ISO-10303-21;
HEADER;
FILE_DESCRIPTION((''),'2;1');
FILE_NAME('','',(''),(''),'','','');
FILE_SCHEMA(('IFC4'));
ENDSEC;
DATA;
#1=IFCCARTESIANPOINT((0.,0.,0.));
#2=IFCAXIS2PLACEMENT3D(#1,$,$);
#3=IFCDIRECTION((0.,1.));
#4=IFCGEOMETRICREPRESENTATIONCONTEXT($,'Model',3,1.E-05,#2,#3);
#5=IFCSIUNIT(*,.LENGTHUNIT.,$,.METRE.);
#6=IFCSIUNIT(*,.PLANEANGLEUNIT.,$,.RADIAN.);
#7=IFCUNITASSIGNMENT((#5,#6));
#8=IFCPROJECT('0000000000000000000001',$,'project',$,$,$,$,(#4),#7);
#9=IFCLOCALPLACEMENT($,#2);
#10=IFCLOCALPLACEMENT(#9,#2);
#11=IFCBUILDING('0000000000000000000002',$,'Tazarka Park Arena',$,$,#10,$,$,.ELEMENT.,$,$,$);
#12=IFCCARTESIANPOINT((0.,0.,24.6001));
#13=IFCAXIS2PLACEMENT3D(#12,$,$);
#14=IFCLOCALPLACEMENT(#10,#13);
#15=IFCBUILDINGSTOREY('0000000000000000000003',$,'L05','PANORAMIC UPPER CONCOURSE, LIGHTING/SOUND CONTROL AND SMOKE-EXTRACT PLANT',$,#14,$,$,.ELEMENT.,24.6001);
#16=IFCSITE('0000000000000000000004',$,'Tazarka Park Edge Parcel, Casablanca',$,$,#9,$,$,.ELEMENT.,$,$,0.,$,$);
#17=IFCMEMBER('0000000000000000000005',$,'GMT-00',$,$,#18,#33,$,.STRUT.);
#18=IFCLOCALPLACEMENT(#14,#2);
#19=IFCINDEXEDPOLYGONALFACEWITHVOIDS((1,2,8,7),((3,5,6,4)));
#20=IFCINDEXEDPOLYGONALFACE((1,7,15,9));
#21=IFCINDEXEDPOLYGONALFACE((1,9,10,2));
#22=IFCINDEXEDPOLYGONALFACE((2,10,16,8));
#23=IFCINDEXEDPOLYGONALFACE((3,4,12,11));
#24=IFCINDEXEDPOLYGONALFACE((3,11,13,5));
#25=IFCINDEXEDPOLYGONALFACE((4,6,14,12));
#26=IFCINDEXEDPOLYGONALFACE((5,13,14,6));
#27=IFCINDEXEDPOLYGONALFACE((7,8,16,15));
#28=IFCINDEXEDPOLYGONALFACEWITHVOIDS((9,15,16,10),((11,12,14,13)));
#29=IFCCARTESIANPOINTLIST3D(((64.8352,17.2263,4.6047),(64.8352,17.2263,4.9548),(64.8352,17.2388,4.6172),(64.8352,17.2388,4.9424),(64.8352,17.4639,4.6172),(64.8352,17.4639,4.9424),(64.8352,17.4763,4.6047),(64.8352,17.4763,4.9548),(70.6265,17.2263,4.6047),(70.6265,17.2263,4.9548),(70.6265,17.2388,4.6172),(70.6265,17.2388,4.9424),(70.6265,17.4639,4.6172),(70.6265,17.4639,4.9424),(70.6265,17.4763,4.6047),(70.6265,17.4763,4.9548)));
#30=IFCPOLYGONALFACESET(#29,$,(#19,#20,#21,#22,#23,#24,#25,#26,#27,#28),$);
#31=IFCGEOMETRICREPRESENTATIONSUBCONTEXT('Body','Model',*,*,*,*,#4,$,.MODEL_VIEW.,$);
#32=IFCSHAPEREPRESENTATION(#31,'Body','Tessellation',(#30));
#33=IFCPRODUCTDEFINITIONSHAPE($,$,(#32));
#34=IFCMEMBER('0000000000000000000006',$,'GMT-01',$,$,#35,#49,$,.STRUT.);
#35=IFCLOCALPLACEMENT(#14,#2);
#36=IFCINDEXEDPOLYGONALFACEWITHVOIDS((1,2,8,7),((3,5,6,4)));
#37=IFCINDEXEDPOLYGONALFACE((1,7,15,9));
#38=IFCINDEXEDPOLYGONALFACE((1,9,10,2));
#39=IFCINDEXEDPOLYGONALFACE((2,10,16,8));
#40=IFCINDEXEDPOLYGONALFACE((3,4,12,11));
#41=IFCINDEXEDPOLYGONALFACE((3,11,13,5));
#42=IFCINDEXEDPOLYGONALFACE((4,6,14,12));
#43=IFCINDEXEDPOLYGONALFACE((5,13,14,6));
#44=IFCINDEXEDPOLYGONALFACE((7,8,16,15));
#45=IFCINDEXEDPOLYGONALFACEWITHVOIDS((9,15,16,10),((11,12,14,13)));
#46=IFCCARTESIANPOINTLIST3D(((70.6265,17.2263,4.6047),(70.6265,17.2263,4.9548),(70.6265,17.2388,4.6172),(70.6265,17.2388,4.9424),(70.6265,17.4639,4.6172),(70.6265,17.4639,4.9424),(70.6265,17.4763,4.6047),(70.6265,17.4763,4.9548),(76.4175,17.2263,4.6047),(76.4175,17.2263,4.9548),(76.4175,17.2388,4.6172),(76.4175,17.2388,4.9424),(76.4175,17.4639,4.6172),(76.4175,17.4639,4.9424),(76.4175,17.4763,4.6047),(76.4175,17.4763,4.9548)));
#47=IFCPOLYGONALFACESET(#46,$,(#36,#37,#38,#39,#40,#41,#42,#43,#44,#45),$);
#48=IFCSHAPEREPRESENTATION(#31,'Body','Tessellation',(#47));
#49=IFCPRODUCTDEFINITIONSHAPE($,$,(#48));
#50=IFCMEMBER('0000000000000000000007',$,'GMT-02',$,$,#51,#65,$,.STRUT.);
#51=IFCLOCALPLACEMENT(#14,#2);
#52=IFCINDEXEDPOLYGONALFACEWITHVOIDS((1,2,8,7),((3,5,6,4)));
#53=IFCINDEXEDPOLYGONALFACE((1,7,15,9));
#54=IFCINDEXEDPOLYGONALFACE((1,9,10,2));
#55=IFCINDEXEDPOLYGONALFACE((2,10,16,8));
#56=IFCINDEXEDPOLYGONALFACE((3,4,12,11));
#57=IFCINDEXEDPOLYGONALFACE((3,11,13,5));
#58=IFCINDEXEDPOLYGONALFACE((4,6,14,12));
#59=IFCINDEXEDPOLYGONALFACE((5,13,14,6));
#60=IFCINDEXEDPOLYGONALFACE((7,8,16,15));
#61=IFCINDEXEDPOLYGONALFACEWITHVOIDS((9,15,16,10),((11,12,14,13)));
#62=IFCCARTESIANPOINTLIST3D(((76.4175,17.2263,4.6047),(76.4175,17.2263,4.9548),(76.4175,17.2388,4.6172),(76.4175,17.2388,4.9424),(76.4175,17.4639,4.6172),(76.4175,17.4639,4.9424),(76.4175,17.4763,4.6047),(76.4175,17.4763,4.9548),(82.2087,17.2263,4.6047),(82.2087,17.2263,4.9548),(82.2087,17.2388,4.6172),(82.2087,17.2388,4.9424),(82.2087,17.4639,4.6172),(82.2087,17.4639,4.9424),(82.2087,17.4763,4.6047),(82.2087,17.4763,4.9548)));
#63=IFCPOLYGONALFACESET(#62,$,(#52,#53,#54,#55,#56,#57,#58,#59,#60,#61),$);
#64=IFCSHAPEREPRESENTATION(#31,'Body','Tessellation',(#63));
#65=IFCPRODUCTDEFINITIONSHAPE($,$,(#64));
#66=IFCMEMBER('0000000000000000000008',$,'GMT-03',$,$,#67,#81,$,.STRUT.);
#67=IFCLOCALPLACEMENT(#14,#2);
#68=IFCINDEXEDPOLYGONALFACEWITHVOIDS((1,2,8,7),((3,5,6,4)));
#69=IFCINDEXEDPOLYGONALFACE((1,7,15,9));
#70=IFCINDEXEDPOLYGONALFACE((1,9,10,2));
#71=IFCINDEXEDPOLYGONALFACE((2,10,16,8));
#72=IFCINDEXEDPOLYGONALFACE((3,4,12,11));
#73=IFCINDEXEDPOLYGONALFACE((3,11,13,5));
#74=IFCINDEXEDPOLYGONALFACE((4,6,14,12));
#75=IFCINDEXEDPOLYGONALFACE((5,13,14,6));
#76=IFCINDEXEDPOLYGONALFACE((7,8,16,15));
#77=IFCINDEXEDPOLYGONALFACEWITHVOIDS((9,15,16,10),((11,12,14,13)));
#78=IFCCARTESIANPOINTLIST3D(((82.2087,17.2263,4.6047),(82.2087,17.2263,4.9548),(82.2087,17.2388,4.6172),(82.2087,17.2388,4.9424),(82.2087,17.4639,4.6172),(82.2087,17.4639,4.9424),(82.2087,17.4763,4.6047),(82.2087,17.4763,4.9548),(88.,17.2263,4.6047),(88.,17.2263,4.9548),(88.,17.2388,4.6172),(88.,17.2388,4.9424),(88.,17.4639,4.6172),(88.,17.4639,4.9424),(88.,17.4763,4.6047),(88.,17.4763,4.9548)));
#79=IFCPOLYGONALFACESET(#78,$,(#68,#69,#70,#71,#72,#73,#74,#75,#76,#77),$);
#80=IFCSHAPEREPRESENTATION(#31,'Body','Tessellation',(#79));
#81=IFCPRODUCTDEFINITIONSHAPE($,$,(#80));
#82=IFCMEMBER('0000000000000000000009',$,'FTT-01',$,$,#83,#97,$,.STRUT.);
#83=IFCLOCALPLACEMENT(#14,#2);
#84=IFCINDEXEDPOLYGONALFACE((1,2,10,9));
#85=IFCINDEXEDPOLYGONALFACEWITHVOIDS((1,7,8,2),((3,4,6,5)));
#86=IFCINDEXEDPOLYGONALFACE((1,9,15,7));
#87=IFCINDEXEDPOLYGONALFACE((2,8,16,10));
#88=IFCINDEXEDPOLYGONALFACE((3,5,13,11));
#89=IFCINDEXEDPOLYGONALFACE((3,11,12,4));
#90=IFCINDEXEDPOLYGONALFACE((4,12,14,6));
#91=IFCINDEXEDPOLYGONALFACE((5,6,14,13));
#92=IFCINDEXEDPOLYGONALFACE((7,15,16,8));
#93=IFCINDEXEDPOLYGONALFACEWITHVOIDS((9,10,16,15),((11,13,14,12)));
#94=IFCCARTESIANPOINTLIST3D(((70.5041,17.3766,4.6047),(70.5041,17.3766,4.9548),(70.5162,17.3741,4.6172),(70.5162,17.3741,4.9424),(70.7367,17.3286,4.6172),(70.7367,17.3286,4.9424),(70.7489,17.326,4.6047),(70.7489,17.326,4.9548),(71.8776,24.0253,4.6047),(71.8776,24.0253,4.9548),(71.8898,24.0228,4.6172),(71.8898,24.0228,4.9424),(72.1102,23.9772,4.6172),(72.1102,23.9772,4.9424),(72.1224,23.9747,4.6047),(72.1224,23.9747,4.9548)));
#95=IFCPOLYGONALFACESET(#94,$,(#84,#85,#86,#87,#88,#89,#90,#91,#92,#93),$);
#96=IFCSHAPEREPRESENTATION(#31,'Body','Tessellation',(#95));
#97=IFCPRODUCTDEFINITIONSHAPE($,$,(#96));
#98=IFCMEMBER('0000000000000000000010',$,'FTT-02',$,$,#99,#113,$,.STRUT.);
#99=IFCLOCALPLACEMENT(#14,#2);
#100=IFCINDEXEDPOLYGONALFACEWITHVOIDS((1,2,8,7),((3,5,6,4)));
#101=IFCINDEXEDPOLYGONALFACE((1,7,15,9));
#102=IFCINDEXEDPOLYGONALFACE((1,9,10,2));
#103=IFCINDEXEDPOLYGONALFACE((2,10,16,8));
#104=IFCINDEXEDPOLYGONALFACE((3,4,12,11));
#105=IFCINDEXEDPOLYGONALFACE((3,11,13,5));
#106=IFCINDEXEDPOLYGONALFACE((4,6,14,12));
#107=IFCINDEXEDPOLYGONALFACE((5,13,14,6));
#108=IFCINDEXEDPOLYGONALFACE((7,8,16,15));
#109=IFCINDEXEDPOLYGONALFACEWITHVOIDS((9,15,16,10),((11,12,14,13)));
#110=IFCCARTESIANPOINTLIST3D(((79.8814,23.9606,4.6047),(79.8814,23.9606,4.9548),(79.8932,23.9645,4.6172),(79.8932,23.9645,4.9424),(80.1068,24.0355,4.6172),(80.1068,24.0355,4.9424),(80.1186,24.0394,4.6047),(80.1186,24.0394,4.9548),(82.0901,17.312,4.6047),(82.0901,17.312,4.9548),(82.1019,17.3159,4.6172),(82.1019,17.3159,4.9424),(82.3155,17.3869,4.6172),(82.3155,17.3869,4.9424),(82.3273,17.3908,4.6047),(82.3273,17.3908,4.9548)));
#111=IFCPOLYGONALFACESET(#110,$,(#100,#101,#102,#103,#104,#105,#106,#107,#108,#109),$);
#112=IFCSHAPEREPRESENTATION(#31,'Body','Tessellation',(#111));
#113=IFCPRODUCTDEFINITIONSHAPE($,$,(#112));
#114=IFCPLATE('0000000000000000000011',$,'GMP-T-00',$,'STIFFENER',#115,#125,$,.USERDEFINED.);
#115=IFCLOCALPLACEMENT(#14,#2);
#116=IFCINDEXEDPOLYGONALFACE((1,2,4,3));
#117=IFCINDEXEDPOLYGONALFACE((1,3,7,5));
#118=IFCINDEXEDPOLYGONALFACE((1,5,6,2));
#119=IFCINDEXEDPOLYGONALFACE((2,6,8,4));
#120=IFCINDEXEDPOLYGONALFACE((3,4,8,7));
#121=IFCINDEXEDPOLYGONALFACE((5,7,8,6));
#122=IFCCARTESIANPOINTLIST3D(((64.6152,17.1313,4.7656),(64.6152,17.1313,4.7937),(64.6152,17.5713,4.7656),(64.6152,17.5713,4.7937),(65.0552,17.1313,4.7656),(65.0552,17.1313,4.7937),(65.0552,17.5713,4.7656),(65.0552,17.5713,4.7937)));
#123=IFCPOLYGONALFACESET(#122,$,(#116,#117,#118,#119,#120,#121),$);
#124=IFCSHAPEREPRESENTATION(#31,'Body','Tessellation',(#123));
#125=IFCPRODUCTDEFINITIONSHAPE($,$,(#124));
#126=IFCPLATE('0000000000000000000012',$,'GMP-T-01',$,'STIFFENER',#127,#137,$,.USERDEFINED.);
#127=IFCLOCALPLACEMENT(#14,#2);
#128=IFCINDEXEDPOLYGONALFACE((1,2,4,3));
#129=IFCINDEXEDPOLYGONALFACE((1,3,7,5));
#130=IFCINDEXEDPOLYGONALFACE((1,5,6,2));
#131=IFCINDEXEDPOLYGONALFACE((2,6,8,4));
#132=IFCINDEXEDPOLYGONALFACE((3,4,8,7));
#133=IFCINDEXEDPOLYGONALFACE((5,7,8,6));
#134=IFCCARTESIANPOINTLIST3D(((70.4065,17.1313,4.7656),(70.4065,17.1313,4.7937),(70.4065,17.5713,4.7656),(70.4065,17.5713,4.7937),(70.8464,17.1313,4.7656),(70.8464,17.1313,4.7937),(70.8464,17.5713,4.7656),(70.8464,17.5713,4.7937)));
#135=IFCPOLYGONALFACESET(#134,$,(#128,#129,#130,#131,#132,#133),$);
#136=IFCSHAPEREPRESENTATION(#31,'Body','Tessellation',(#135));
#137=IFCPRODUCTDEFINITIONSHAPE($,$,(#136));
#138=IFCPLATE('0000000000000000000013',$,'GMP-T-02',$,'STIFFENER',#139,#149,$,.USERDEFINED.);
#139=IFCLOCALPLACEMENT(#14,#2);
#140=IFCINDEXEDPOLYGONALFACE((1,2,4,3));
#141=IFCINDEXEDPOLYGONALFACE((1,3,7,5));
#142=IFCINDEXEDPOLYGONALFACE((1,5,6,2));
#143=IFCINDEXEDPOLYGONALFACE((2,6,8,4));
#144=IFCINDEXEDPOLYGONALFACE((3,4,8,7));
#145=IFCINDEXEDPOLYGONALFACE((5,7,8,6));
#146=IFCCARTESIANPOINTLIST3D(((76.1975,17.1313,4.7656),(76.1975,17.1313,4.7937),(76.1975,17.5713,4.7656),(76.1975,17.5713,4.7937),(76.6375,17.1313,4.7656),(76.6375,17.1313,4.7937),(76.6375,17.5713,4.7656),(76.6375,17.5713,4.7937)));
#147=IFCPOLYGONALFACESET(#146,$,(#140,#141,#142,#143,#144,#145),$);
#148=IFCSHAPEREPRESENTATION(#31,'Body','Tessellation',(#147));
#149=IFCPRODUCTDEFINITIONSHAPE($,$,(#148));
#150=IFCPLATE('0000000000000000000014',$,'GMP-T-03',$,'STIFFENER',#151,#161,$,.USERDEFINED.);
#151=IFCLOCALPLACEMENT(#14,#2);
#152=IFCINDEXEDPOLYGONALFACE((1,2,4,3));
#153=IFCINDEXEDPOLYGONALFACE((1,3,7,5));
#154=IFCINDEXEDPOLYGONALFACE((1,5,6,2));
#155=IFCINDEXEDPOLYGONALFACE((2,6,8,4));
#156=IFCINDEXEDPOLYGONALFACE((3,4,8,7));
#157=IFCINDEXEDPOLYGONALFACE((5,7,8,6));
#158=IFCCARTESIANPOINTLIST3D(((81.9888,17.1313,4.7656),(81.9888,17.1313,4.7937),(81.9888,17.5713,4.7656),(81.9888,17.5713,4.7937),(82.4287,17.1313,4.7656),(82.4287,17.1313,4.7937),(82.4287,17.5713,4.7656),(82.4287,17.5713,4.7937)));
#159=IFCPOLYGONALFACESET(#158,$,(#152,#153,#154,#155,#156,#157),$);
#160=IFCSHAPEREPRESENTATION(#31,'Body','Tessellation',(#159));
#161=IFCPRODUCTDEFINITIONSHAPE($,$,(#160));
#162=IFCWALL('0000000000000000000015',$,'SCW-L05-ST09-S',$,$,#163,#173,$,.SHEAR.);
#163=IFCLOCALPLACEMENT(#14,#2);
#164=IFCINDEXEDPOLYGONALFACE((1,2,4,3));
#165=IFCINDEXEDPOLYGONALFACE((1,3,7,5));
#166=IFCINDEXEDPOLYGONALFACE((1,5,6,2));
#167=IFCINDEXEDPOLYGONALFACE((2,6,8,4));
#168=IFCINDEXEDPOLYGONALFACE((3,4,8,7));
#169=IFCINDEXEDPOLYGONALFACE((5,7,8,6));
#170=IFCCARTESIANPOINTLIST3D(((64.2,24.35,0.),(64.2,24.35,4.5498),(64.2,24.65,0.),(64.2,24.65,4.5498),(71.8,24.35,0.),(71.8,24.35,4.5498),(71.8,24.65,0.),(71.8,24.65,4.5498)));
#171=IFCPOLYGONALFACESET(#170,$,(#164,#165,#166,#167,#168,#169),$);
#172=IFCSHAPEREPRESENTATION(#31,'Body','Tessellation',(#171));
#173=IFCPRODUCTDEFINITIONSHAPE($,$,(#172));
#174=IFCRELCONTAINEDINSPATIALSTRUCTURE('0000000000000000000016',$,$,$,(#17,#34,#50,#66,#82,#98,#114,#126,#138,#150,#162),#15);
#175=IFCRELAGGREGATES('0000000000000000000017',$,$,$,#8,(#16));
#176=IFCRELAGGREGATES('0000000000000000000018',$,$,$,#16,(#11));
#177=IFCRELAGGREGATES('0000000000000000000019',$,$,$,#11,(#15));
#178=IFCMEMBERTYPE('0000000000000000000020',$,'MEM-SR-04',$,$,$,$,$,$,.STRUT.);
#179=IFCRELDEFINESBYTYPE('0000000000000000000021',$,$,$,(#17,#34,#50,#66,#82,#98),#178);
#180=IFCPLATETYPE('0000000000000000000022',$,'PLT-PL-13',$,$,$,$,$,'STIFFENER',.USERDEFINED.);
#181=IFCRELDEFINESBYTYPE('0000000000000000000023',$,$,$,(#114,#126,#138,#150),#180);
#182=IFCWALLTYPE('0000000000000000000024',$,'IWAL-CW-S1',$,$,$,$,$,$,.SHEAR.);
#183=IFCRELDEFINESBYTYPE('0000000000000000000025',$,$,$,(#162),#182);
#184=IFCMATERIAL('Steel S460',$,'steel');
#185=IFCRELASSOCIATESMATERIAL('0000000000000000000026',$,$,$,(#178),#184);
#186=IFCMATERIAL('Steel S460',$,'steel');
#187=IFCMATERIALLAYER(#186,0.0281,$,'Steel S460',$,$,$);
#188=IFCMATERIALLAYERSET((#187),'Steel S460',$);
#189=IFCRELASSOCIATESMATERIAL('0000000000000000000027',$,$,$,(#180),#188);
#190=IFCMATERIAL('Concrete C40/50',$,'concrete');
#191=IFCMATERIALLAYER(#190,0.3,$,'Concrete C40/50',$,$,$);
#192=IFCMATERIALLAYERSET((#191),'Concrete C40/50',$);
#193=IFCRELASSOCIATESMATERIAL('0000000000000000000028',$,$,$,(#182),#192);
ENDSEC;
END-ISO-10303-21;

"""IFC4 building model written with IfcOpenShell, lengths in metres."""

from ifc_helpers import new_model, si_unit, direction, frame, frame_2d, origin, origin_2d, place, context, subcontext, project, spatial, rectangle, hollow_rectangle, extrude, material, layer, layer_set, material_profile, profile_set, type_object, element, save


model = new_model("IFC4")

# Units and contexts
model_context = context("Model", 3, precision=1e-05, world=origin(), true_north=direction((0.0, 1.0)))
body_context = subcontext(model_context, "Body", "Model", "MODEL_VIEW")
ifc_project = project(units=[si_unit("LENGTHUNIT", "METRE"), si_unit("PLANEANGLEUNIT", "RADIAN")], contexts=[model_context])

# Site, building, storey
site_placement = place(None, origin())
site = spatial("IfcSite", under=ifc_project, at=site_placement, Name="Tazarka Park Edge Parcel, Casablanca", CompositionType="ELEMENT", RefElevation=0.0)
building_placement = place(site_placement, origin())
building = spatial("IfcBuilding", under=site, at=building_placement, Name="Tazarka Park Arena", CompositionType="ELEMENT")
storey_placement = place(building_placement, frame((0.0, 0.0, 24.6001)))
storey = spatial("IfcBuildingStorey", under=building, at=storey_placement, Name="L05", Description="PANORAMIC UPPER CONCOURSE, LIGHTING/SOUND CONTROL AND SMOKE-EXTRACT PLANT", CompositionType="ELEMENT", Elevation=24.6001)

# Members
ifc_material_1 = material(Name="Steel S460", Category="steel")
ifc_material_profile_1 = material_profile(ifc_material_1, hollow_rectangle(XDim=0.25, YDim=0.3501, WallThickness=0.0125, at=origin_2d()), Name="Steel S460")
ifc_profile_set_1 = profile_set([ifc_material_profile_1], Name="Steel S460")
member_type_1 = type_object("IfcMemberType", Name="MEM-SR-04", PredefinedType="STRUT", material=ifc_profile_set_1)
member_1_placement = place(storey_placement, frame((64.8352, 17.3513, 4.7798), z_axis=(1.0, 0.0, 0.0), x_axis=(0.0, 1.0, 0.0)))
element("IfcMember", 1, at=member_1_placement, inside=storey, type_object=member_type_1, Name="GMT-00", PredefinedType="STRUT", context=body_context, shape_type="SweptSolid", body=[
    extrude(hollow_rectangle(XDim=0.25, YDim=0.3501, WallThickness=0.0125, at=origin_2d()), origin(), (0.0, 0.0, 1.0), 5.7913),
])
member_2_placement = place(storey_placement, frame((70.6265, 17.3513, 4.7798), z_axis=(1.0, 0.0, 0.0), x_axis=(0.0, 1.0, 0.0)))
element("IfcMember", 2, at=member_2_placement, inside=storey, type_object=member_type_1, Name="GMT-01", PredefinedType="STRUT", context=body_context, shape_type="SweptSolid", body=[
    extrude(hollow_rectangle(XDim=0.25, YDim=0.3501, WallThickness=0.0125, at=origin_2d()), origin(), (0.0, 0.0, 1.0), 5.791),
])
for number, where, z_axis, x_axis, name in (
    (3, (76.4175, 17.3513, 4.7798), (1.0, 0.0, 0.0), (0.0, 1.0, 0.0), "GMT-02"),
    (4, (82.2087, 17.3513, 4.7798), (1.0, 0.0, 0.0), (0.0, 1.0, 0.0), "GMT-03"),
):
    element("IfcMember", number, at=place(storey_placement, frame(where, z_axis=z_axis, x_axis=x_axis)), inside=storey, type_object=member_type_1, Name=name, PredefinedType="STRUT", context=body_context, shape_type="SweptSolid", body=[
        extrude(hollow_rectangle(XDim=0.25, YDim=0.3501, WallThickness=0.0125, at=origin_2d()), origin(), (0.0, 0.0, 1.0), 5.7913),
    ])
member_3_placement = place(storey_placement, frame((72.0, 24.0, 4.7798), z_axis=(-0.202315, -0.97932, 0.0), x_axis=(0.97932, -0.202315, 0.0)))
element("IfcMember", 5, at=member_3_placement, inside=storey, type_object=member_type_1, Name="FTT-01", PredefinedType="STRUT", context=body_context, shape_type="SweptSolid", body=[
    extrude(hollow_rectangle(XDim=0.25, YDim=0.3501, WallThickness=0.0125, at=origin_2d()), origin(), (0.0, 0.0, 1.0), 6.7891),
])
member_4_placement = place(storey_placement, frame((80.0, 24.0, 4.7798), z_axis=(0.315266, -0.949003, 0.0), x_axis=(0.949003, 0.315266, 0.0)))
element("IfcMember", 6, at=member_4_placement, inside=storey, type_object=member_type_1, Name="FTT-02", PredefinedType="STRUT", context=body_context, shape_type="SweptSolid", body=[
    extrude(hollow_rectangle(XDim=0.25, YDim=0.3501, WallThickness=0.0125, at=origin_2d()), origin(), (0.0, 0.0, 1.0), 7.0059),
])

# Plates
ifc_material_2 = material(Name="Steel S460", Category="steel")
ifc_layer_1 = layer(ifc_material_2, 0.0281, Name="Steel S460")
ifc_layer_set_1 = layer_set([ifc_layer_1], Name="Steel S460")
plate_type = type_object("IfcPlateType", Name="PLT-PL-13", ElementType="STIFFENER", PredefinedType="USERDEFINED", material=ifc_layer_set_1)
for number, where, z_axis, x_axis, name in (
    (7, (64.8352, 17.3513, 4.7656), (0.0, 0.0, 1.0), (1.0, 0.0, 0.0), "GMP-T-00"),
    (8, (70.6265, 17.3513, 4.7656), (0.0, 0.0, 1.0), (1.0, 0.0, 0.0), "GMP-T-01"),
    (9, (76.4175, 17.3513, 4.7656), (0.0, 0.0, 1.0), (1.0, 0.0, 0.0), "GMP-T-02"),
    (10, (82.2087, 17.3513, 4.7656), (0.0, 0.0, 1.0), (1.0, 0.0, 0.0), "GMP-T-03"),
):
    element("IfcPlate", number, at=place(storey_placement, frame(where, z_axis=z_axis, x_axis=x_axis)), inside=storey, type_object=plate_type, Name=name, ObjectType="STIFFENER", PredefinedType="USERDEFINED", context=body_context, shape_type="SweptSolid", body=[
        extrude(rectangle(XDim=0.4399, YDim=0.4399, at=origin_2d()), origin(), (0.0, 0.0, 1.0), 0.0281),
    ])

# Wall
ifc_material_3 = material(Name="Concrete C40/50", Category="concrete")
ifc_layer_2 = layer(ifc_material_3, 0.3, Name="Concrete C40/50")
ifc_layer_set_2 = layer_set([ifc_layer_2], Name="Concrete C40/50")
wall_type_1 = type_object("IfcWallType", Name="IWAL-CW-S1", PredefinedType="SHEAR", material=ifc_layer_set_2)
wall_1_placement = place(storey_placement, frame((71.8, 24.5, 0.0), z_axis=(0.0, 0.0, 1.0), x_axis=(-1.0, 0.0, 0.0)))
element("IfcWall", 11, at=wall_1_placement, inside=storey, type_object=wall_type_1, Name="SCW-L05-ST09-S", PredefinedType="SHEAR", context=body_context, shape_type="SweptSolid", body=[
    extrude(rectangle(XDim=7.6001, YDim=0.3, at=frame_2d((3.8, 0.0))), origin(), (0.0, 0.0, 1.0), 4.5498),
])

save(model, "model.ifc")
